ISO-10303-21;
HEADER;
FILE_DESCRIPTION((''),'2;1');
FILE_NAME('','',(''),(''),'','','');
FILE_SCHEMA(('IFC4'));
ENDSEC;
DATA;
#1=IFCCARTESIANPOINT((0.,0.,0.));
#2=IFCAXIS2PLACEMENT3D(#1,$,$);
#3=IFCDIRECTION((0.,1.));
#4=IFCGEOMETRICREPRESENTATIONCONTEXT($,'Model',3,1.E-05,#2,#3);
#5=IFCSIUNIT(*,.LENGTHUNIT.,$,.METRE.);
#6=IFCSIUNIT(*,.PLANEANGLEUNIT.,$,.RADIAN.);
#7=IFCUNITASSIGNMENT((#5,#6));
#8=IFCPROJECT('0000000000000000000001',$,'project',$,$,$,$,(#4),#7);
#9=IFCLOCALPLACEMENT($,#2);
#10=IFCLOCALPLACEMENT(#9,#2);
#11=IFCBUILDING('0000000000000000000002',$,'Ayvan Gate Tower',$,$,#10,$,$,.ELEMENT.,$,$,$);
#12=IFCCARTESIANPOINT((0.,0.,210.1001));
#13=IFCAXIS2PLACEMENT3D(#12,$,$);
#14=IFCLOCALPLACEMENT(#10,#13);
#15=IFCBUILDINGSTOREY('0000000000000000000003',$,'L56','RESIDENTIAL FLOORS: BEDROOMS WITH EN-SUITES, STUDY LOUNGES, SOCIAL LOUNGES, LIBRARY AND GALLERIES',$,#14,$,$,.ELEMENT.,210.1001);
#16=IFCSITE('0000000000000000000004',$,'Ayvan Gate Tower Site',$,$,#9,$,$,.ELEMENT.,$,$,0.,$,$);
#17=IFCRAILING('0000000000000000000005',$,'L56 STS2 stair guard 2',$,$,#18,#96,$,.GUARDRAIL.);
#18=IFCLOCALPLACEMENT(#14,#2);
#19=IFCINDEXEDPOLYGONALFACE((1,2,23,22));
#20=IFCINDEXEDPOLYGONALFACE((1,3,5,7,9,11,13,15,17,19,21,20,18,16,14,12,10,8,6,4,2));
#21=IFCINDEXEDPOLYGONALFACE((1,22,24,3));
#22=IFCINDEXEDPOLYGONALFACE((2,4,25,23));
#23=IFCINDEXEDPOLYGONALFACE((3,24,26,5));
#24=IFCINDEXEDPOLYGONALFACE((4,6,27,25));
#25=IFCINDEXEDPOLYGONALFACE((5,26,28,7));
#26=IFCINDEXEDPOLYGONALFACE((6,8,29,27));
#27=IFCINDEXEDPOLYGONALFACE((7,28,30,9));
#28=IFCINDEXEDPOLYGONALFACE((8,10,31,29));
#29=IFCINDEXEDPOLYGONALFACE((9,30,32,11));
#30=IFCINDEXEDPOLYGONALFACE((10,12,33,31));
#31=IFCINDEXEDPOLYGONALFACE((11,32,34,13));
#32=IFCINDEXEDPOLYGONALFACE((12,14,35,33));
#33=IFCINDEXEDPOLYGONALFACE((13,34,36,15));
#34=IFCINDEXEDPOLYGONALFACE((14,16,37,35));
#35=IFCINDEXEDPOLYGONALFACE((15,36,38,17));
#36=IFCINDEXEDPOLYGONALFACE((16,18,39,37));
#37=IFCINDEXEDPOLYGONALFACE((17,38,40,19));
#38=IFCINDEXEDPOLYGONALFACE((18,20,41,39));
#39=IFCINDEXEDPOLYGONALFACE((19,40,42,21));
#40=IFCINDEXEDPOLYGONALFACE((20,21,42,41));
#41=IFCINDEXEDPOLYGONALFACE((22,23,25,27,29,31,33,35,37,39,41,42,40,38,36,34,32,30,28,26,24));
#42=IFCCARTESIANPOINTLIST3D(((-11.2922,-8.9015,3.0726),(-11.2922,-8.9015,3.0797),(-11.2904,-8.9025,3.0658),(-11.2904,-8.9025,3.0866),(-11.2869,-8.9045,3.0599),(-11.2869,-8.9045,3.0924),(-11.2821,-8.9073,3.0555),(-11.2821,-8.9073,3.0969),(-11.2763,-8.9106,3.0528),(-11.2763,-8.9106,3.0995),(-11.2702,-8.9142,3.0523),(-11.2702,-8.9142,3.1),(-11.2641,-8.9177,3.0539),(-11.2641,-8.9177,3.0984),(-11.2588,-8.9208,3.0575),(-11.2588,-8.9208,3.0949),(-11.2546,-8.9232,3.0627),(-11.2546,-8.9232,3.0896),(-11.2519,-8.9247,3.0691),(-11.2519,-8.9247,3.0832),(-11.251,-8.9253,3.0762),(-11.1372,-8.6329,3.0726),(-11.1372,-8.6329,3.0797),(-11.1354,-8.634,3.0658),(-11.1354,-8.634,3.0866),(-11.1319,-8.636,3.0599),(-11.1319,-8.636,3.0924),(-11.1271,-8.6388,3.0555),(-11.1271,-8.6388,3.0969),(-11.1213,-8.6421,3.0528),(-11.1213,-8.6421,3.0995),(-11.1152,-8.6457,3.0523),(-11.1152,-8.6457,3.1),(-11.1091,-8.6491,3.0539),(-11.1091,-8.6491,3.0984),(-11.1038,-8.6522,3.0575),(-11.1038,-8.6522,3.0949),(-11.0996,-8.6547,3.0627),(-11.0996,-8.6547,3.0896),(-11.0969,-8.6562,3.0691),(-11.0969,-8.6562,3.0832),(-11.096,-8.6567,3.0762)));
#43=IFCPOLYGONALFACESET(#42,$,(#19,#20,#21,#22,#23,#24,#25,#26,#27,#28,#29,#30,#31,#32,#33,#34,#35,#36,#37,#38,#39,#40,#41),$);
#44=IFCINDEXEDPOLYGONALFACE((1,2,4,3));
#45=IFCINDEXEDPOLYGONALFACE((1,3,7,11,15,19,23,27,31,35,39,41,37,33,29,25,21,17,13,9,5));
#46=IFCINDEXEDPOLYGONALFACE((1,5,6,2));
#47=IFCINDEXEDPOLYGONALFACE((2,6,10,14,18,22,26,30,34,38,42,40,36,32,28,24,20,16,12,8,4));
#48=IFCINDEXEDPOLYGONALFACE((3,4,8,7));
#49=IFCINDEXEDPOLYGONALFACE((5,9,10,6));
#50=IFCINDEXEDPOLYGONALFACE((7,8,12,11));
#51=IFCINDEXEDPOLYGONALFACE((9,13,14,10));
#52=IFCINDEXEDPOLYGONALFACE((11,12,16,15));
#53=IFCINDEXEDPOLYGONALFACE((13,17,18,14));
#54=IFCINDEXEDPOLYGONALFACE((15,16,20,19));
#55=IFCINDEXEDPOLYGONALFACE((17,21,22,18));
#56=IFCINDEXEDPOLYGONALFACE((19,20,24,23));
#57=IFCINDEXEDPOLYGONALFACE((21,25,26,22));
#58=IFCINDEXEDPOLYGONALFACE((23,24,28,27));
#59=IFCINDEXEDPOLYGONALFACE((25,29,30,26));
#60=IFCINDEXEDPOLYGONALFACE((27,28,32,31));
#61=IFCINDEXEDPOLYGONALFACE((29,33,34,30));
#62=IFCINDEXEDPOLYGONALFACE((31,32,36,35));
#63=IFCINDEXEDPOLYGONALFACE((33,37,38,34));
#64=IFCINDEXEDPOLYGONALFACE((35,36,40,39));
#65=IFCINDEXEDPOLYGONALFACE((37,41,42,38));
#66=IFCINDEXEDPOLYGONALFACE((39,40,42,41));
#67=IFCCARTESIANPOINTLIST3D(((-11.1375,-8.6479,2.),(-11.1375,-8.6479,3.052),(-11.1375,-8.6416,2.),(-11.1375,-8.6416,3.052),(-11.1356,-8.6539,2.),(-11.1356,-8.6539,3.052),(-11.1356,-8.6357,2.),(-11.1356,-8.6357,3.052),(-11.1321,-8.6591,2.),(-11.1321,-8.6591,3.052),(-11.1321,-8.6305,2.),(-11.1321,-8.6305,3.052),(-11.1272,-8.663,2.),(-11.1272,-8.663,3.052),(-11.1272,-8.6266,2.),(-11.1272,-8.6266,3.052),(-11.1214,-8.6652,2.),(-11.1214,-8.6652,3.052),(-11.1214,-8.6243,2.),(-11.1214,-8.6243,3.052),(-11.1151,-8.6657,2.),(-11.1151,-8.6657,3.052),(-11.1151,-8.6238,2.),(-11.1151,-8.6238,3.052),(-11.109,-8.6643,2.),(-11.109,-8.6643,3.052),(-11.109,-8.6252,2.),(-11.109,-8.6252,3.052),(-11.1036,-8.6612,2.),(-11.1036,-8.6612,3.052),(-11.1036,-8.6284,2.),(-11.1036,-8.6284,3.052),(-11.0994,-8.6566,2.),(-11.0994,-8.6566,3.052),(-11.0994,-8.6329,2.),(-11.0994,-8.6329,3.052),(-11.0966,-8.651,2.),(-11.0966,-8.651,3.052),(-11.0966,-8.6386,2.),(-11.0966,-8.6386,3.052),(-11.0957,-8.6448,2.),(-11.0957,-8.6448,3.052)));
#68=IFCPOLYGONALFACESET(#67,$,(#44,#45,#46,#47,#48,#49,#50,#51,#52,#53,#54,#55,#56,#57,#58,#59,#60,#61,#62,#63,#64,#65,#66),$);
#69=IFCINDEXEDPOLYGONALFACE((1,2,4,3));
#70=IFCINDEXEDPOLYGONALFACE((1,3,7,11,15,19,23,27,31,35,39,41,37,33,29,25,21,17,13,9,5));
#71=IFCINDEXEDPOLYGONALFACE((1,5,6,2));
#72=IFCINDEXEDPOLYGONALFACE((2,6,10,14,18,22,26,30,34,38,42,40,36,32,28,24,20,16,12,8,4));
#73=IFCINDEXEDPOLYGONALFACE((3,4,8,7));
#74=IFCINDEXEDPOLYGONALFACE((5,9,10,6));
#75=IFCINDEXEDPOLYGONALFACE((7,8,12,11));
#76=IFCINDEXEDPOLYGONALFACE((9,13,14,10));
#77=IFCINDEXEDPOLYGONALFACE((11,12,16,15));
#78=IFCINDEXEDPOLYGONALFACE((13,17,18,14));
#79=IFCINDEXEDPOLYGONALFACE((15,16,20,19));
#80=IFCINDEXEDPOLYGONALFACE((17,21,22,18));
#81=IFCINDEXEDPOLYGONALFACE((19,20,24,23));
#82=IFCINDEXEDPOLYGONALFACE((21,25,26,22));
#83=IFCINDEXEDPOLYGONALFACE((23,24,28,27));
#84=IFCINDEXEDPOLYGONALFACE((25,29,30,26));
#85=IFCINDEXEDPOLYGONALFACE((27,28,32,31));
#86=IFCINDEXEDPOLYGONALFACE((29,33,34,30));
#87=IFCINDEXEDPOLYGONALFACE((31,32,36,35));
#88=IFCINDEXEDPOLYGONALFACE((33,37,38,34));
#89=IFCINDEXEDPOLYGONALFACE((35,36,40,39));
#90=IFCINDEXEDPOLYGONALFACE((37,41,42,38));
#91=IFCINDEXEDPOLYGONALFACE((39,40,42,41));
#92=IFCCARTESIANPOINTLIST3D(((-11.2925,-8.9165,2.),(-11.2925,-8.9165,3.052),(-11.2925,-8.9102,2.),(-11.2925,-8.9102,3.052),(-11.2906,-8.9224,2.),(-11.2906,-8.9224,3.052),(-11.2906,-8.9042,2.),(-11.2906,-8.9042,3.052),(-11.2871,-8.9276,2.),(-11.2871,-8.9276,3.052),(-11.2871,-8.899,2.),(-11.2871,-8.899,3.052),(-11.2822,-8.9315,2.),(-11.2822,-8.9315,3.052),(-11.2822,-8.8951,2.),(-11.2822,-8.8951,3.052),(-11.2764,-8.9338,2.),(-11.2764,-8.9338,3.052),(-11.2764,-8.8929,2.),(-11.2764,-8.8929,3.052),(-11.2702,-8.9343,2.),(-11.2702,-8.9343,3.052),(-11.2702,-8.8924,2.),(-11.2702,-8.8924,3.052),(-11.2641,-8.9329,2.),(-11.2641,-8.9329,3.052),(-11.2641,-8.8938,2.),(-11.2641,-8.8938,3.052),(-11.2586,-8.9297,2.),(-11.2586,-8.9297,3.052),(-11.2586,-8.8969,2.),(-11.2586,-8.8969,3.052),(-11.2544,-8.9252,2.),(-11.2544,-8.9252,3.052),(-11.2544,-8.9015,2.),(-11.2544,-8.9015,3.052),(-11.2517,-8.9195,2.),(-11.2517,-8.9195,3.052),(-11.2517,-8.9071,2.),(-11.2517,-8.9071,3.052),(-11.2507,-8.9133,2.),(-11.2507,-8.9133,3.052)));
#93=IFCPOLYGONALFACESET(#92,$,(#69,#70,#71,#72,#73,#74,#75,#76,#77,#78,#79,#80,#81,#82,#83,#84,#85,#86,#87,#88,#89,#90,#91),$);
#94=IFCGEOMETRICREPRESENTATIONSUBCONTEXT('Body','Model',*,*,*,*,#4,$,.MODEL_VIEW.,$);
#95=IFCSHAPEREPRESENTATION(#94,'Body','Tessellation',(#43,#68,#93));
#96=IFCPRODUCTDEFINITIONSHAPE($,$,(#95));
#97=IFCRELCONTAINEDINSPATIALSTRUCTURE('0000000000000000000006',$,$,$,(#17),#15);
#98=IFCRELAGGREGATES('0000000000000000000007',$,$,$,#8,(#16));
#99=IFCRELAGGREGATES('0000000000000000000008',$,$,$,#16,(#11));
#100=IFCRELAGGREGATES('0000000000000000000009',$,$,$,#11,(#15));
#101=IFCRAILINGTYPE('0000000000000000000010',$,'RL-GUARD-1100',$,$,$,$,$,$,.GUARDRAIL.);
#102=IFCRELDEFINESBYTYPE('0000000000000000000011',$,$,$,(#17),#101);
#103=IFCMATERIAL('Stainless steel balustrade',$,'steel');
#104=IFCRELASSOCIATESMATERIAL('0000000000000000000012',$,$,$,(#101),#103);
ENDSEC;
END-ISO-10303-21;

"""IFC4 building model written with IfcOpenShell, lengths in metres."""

from ifc_helpers import new_model, si_unit, direction, frame, origin, origin_2d, place, context, subcontext, project, spatial, circle, extrude, material, type_object, element, save


model = new_model("IFC4")

# Units and contexts
model_context = context("Model", 3, precision=1e-05, world=origin(), true_north=direction((0.0, 1.0)))
body_context = subcontext(model_context, "Body", "Model", "MODEL_VIEW")
ifc_project = project(units=[si_unit("LENGTHUNIT", "METRE"), si_unit("PLANEANGLEUNIT", "RADIAN")], contexts=[model_context])

# Site, building, storey
site_placement = place(None, origin())
site = spatial("IfcSite", under=ifc_project, at=site_placement, Name="Ayvan Gate Tower Site", CompositionType="ELEMENT", RefElevation=0.0)
building_placement = place(site_placement, origin())
building = spatial("IfcBuilding", under=site, at=building_placement, Name="Ayvan Gate Tower", CompositionType="ELEMENT")
storey_placement = place(building_placement, frame((0.0, 0.0, 210.1001)))
storey = spatial("IfcBuildingStorey", under=building, at=storey_placement, Name="L56", Description="RESIDENTIAL FLOORS: BEDROOMS WITH EN-SUITES, STUDY LOUNGES, SOCIAL LOUNGES, LIBRARY AND GALLERIES", CompositionType="ELEMENT", Elevation=210.1001)

# Railing
ifc_material_1 = material(Name="Stainless steel balustrade", Category="steel")
railing_type_1 = type_object("IfcRailingType", Name="RL-GUARD-1100", PredefinedType="GUARDRAIL", material=ifc_material_1)
railing_1_placement = place(storey_placement, frame((-11.1167, -8.6448, 2.0)))
element("IfcRailing", 1, at=railing_1_placement, inside=storey, type_object=railing_type_1, Name="L56 STS2 stair guard 2", PredefinedType="GUARDRAIL", context=body_context, shape_type="SweptSolid", body=[
    extrude(circle(Radius=0.0239, at=origin_2d()), frame((0.0, 0.0, 1.0762), z_axis=(-0.49995, -0.866054, 0.0), x_axis=(0.866054, -0.49995, 0.0)), (0.0, 0.0, 1.0), 0.3101),
    extrude(circle(Radius=0.021, at=origin_2d()), origin(), (0.0, 0.0, 1.0), 1.052),
    extrude(circle(Radius=0.021, at=origin_2d()), frame((-0.155, -0.2686, 0.0)), (0.0, 0.0, 1.0), 1.052),
])

save(model, "model.ifc")
